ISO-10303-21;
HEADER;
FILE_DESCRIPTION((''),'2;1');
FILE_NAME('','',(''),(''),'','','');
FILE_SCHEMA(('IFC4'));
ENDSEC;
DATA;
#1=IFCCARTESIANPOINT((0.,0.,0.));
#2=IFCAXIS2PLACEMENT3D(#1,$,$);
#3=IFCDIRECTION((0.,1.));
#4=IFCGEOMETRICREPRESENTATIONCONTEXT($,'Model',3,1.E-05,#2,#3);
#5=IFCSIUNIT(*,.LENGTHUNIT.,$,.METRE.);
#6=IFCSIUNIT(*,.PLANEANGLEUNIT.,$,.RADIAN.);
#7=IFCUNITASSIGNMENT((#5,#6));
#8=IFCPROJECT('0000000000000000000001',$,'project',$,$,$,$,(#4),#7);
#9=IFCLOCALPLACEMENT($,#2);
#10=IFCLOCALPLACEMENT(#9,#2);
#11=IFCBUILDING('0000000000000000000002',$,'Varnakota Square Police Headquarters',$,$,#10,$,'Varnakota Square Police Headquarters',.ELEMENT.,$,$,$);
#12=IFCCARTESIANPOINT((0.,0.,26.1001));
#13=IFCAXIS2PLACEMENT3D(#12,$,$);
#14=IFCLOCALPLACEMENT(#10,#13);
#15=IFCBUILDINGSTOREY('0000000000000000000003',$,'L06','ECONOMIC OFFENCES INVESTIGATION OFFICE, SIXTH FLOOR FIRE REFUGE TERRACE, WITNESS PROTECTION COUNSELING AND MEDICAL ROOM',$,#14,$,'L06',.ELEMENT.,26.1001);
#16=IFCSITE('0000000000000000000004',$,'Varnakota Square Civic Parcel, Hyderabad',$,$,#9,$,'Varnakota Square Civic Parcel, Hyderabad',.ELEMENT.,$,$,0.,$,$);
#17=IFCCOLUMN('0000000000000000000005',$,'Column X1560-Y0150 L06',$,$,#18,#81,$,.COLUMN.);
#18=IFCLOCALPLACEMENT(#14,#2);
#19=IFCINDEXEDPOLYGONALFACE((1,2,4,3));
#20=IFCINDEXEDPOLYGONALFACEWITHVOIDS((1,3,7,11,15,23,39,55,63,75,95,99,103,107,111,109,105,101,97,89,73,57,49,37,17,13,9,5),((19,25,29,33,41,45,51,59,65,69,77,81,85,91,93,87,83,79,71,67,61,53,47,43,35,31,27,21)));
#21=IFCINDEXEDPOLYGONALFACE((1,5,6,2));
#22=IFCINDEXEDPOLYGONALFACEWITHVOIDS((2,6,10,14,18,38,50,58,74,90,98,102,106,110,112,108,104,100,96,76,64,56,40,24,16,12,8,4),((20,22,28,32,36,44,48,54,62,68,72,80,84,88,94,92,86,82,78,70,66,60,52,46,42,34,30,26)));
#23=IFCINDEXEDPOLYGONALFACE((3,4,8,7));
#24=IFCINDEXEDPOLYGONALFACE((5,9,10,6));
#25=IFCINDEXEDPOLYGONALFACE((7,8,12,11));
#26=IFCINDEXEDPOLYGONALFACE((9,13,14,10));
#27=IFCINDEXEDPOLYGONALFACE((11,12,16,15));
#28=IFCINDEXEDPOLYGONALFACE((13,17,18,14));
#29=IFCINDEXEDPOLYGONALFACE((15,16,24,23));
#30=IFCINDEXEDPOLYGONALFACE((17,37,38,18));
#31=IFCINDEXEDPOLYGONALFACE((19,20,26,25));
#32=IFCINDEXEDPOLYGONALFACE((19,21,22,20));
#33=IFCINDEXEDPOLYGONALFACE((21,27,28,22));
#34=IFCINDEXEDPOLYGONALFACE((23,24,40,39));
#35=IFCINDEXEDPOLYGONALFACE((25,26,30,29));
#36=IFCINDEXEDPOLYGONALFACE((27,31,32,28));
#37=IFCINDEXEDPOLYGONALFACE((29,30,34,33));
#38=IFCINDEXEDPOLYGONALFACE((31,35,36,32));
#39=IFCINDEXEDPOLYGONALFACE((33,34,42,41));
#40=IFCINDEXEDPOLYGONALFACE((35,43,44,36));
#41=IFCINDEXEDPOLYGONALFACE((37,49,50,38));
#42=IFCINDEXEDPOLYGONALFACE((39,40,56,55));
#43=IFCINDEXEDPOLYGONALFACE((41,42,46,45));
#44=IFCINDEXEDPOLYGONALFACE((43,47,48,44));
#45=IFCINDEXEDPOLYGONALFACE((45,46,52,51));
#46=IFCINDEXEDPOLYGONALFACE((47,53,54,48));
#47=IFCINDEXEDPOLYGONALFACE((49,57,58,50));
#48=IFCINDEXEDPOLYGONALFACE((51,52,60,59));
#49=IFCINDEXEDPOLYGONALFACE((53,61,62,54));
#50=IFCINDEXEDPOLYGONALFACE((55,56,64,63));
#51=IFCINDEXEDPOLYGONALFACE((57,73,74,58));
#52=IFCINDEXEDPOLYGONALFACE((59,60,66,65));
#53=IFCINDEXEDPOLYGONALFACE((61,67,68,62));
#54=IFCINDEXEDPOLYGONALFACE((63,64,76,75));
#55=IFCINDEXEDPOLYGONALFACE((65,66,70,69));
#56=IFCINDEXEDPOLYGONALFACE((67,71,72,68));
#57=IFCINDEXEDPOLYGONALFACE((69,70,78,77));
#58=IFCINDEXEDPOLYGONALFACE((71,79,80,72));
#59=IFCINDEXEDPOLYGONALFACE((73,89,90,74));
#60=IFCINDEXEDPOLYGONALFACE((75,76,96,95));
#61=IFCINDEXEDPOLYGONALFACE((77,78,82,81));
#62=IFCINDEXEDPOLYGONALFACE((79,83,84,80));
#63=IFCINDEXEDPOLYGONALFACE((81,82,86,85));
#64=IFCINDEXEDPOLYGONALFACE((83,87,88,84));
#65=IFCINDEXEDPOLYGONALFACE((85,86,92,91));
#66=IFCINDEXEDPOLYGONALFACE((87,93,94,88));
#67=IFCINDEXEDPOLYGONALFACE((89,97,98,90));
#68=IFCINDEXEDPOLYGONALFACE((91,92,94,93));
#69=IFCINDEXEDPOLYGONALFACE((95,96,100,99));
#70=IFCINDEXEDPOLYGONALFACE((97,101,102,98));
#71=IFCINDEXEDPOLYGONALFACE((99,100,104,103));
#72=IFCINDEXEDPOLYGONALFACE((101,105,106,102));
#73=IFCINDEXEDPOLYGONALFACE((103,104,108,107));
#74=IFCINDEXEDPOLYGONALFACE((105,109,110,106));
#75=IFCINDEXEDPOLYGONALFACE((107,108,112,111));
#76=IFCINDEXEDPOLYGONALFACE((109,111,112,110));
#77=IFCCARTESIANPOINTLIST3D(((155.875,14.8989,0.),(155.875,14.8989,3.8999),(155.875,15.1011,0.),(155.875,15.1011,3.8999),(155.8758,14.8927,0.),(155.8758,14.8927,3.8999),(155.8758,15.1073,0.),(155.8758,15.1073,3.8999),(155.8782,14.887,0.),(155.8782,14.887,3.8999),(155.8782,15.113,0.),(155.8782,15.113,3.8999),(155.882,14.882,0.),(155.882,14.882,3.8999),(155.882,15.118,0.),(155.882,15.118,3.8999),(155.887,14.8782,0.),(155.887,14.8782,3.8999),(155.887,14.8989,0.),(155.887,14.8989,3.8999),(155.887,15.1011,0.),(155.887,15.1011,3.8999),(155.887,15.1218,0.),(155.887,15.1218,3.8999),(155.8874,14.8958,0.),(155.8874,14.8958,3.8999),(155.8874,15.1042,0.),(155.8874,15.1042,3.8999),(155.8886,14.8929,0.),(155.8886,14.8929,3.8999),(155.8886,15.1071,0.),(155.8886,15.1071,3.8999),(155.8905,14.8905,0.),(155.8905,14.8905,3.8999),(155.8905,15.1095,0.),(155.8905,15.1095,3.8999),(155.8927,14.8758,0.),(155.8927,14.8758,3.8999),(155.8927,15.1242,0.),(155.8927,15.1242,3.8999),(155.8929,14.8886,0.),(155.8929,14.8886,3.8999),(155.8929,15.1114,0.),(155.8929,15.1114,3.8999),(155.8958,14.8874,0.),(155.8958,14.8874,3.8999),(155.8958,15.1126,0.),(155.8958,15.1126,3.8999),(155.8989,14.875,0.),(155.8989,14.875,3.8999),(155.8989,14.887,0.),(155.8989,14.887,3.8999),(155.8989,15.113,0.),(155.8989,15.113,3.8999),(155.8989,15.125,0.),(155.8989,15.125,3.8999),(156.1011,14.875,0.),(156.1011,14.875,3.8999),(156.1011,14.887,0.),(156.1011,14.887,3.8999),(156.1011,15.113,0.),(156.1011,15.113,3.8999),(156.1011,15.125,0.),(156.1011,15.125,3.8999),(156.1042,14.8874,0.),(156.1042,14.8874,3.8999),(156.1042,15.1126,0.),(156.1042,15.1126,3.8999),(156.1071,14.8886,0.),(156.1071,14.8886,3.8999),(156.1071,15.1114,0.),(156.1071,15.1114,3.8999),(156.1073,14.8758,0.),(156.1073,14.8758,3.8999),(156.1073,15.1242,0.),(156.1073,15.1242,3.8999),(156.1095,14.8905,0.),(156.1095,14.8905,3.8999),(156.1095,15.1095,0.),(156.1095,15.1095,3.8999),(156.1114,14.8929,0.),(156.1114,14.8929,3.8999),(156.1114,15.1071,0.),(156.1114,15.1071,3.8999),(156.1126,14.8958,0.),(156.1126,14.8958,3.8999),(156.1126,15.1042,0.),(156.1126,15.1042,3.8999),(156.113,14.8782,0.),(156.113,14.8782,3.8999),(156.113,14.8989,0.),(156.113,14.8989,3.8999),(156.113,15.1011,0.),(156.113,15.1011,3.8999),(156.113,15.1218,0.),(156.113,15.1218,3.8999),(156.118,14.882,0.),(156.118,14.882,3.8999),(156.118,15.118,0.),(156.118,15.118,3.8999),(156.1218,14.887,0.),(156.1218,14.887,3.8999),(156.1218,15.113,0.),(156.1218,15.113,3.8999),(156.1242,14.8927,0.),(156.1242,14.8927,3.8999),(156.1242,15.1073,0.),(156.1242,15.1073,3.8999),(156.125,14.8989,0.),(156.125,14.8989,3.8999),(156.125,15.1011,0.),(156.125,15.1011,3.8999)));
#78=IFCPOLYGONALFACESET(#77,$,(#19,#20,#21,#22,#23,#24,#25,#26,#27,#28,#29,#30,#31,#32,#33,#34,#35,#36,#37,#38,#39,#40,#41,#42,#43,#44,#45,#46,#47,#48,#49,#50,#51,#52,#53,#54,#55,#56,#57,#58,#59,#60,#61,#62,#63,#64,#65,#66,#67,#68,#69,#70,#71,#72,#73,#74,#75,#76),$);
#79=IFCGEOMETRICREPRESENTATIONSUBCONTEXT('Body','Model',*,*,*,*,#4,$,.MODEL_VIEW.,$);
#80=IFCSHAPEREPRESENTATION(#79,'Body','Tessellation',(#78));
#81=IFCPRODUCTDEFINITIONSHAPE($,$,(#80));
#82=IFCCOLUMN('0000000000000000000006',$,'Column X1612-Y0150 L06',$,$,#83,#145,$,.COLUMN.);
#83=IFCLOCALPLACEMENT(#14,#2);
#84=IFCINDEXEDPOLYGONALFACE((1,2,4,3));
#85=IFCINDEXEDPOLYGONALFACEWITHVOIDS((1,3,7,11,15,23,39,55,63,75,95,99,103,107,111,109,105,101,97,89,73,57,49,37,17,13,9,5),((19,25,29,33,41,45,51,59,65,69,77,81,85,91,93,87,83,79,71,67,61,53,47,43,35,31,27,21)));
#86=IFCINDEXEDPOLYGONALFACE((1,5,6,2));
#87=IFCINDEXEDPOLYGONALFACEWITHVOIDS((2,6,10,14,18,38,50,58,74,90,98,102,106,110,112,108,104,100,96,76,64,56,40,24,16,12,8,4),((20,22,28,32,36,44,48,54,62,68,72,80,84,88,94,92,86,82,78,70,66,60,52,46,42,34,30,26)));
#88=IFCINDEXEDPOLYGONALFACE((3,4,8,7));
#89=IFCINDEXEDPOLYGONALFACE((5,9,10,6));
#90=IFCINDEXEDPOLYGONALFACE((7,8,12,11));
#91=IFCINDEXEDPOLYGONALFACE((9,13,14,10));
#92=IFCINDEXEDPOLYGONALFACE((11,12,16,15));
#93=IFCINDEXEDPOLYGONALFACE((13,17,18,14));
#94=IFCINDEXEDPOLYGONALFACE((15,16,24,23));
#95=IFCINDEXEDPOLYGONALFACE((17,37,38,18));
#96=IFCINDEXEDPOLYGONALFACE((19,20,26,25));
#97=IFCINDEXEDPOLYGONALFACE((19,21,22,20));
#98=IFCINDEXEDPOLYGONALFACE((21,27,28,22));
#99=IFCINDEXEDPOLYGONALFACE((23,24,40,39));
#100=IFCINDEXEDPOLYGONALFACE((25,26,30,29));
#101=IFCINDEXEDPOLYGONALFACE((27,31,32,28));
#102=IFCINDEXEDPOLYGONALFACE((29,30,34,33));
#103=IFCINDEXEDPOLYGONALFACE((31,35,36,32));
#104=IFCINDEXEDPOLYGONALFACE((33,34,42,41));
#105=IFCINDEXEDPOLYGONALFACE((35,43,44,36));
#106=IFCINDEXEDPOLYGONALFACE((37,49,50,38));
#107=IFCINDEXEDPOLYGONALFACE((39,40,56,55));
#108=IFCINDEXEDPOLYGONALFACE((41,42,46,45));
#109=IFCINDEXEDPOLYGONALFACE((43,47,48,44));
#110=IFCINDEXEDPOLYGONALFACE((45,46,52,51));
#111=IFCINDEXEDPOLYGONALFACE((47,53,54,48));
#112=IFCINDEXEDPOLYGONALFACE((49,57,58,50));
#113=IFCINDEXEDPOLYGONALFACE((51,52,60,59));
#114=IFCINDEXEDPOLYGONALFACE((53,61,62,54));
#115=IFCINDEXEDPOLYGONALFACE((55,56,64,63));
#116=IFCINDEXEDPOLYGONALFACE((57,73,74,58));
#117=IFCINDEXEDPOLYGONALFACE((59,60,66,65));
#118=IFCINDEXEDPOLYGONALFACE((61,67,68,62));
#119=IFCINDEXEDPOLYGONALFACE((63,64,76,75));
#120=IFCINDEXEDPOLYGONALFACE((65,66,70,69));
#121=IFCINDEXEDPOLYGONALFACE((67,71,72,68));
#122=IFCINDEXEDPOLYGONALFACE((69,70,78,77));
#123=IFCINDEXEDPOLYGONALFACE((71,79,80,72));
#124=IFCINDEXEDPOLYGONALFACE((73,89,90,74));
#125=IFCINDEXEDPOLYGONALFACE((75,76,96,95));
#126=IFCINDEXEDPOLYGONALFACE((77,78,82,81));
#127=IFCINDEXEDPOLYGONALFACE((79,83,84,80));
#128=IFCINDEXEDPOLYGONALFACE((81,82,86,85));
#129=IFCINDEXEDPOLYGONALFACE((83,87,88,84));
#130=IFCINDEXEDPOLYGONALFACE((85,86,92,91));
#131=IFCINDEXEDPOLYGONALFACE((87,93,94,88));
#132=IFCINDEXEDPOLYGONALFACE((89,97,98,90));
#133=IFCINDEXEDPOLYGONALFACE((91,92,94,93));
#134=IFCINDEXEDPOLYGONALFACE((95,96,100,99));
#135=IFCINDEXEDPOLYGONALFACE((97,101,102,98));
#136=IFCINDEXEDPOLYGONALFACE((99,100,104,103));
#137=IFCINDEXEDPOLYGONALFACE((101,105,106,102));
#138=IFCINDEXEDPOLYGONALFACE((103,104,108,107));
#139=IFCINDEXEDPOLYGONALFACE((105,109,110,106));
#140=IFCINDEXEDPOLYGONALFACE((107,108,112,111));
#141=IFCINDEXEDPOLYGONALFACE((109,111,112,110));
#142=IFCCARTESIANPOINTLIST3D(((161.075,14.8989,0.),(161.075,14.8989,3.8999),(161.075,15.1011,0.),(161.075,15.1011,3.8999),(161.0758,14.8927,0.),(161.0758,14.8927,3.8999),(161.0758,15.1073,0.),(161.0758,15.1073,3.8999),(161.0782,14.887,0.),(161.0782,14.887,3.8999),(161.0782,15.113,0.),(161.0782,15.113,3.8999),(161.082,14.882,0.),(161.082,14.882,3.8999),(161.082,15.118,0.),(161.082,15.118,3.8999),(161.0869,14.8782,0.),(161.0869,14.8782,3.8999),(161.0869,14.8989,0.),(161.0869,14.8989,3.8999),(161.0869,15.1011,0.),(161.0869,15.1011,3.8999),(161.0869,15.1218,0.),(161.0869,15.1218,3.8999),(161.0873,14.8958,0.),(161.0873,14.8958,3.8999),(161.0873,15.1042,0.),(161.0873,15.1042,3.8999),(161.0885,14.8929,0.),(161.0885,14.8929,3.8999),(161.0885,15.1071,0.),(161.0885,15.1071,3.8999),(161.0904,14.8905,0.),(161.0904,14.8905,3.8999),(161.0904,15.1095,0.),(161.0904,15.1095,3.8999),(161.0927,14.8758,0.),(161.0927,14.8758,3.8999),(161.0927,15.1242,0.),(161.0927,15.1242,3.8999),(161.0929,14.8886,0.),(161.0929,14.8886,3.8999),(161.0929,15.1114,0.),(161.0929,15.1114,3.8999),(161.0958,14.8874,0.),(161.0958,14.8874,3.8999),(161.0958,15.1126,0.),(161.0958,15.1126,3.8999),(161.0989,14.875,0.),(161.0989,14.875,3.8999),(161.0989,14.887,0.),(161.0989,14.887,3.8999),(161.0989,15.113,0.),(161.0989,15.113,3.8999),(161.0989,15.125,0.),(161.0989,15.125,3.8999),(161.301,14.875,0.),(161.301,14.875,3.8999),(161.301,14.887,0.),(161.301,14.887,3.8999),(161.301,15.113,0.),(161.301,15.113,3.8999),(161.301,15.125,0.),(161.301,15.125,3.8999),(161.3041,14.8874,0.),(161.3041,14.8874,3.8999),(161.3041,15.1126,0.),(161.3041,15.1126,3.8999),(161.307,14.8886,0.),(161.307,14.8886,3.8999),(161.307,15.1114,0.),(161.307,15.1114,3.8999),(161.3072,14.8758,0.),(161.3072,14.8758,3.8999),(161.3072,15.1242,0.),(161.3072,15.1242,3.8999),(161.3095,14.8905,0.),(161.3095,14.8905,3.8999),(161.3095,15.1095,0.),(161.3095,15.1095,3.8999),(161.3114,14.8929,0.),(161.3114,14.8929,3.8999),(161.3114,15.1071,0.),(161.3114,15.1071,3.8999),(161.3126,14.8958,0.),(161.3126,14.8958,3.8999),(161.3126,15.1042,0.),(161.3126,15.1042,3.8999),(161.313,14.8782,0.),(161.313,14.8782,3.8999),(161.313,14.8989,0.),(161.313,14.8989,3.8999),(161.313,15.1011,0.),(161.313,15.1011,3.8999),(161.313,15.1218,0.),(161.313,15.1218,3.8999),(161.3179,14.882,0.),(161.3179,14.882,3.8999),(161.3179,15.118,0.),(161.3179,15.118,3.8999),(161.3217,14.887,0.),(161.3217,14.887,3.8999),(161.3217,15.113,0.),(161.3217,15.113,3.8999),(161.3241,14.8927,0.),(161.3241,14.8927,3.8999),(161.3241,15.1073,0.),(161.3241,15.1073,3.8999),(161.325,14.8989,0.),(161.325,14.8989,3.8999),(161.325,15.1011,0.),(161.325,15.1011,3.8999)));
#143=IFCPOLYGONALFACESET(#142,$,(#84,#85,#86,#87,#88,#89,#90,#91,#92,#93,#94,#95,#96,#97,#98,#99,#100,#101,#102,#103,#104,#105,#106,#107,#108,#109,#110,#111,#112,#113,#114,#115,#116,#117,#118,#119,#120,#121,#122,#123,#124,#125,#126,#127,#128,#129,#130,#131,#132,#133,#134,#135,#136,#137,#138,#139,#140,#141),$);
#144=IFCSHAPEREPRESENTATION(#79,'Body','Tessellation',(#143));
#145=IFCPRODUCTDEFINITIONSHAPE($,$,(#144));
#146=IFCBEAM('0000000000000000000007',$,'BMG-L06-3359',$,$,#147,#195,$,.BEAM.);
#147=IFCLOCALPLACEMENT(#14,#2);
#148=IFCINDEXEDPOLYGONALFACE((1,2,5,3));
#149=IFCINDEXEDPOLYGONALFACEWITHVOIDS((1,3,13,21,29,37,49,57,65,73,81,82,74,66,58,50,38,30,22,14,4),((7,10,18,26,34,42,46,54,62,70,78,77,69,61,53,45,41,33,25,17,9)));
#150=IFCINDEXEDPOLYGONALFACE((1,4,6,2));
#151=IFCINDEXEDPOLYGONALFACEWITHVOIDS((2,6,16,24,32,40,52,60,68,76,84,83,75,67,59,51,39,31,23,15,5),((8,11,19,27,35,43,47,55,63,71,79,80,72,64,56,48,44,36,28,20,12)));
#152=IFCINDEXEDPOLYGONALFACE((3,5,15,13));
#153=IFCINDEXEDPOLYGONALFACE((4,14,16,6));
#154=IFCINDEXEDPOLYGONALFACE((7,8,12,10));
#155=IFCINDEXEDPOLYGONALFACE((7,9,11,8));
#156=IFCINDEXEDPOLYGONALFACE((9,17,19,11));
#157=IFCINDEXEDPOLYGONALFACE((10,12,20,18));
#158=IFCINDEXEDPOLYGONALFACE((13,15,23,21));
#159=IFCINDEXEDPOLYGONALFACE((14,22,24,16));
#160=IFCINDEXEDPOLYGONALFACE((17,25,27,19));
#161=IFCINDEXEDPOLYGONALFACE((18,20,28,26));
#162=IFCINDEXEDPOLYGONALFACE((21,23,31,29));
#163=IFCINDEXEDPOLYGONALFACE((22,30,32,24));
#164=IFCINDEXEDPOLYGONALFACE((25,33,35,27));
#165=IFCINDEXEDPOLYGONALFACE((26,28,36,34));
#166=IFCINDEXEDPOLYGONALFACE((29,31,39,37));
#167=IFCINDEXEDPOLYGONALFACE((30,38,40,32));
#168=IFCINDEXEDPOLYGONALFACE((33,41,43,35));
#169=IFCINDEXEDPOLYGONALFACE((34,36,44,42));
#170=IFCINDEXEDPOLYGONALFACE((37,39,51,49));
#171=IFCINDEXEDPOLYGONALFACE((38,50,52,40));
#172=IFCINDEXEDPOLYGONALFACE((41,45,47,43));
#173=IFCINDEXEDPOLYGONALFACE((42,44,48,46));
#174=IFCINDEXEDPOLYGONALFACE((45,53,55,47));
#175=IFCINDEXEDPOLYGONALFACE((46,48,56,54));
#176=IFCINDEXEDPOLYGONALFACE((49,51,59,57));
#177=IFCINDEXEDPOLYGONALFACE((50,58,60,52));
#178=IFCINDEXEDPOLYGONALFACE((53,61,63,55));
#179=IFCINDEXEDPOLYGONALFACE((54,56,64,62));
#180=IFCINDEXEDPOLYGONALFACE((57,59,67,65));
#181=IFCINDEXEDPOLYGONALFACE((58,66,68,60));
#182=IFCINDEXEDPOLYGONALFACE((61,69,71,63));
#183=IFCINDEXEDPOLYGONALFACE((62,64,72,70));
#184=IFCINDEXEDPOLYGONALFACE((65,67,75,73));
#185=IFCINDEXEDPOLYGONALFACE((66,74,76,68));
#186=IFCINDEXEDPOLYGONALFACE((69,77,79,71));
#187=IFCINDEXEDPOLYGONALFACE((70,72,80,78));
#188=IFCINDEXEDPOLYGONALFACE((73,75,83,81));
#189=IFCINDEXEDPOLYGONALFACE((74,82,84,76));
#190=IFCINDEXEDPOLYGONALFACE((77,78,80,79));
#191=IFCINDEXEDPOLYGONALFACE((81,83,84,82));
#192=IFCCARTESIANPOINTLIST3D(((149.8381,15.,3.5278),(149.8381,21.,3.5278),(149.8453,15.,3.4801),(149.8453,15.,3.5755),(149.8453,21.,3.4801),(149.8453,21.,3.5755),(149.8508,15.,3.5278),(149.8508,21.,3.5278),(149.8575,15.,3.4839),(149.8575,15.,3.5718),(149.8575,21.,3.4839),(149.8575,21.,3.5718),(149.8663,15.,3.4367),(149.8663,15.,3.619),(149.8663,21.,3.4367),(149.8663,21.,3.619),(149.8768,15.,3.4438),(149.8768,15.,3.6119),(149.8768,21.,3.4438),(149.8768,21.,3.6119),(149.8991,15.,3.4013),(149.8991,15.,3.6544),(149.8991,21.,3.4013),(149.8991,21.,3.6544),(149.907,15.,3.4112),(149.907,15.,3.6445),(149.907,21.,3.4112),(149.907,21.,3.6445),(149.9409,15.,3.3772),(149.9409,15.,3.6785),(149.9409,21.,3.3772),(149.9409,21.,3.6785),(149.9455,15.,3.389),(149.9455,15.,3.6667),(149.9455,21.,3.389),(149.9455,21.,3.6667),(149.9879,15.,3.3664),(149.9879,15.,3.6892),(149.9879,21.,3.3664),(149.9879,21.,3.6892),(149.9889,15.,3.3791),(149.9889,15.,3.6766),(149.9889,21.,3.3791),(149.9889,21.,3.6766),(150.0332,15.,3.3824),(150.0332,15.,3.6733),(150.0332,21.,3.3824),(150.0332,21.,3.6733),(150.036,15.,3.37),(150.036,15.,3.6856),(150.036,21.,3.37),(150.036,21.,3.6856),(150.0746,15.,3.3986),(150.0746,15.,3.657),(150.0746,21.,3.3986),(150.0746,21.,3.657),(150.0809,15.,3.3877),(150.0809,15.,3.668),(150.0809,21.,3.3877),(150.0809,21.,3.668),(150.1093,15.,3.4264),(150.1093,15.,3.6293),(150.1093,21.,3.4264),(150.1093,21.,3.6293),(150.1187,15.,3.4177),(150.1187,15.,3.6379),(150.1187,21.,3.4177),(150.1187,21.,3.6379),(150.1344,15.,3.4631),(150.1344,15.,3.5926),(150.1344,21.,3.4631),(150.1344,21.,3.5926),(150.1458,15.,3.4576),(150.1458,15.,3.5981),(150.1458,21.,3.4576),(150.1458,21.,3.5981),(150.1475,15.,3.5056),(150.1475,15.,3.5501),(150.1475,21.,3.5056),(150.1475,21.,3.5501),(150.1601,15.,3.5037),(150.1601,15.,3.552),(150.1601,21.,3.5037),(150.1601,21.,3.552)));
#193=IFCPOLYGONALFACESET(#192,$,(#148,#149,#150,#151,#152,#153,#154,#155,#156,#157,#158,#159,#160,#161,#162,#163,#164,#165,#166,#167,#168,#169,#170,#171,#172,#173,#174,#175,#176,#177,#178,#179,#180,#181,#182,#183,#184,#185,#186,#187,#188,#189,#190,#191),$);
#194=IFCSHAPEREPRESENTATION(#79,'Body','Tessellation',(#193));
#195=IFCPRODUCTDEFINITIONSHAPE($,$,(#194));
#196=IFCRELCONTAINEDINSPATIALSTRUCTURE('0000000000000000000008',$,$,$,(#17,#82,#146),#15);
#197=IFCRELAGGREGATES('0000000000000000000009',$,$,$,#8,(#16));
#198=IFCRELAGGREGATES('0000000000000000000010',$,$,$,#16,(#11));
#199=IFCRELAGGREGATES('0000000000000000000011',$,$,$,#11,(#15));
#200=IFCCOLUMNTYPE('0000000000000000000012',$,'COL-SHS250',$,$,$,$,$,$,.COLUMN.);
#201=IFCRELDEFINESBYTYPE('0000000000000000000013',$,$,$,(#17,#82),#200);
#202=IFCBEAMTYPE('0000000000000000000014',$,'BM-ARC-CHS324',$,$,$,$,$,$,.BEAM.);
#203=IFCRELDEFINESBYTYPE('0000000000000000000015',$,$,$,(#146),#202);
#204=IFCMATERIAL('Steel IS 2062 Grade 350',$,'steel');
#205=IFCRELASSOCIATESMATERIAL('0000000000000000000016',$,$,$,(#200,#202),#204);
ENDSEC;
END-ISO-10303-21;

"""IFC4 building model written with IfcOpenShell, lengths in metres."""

from ifc_helpers import new_model, si_unit, direction, frame, origin, origin_2d, place, context, subcontext, project, spatial, hollow_rectangle, hollow_circle, extrude, material, material_profile, profile_set, type_object, element, save


model = new_model("IFC4")

# Units and contexts
model_context = context("Model", 3, precision=1e-05, world=origin(), true_north=direction((0.0, 1.0)))
body_context = subcontext(model_context, "Body", "Model", "MODEL_VIEW")
ifc_project = project(units=[si_unit("LENGTHUNIT", "METRE"), si_unit("PLANEANGLEUNIT", "RADIAN")], contexts=[model_context])

# Site, building, storey
site_placement = place(None, origin())
site = spatial("IfcSite", under=ifc_project, at=site_placement, Name="Varnakota Square Civic Parcel, Hyderabad", LongName="Varnakota Square Civic Parcel, Hyderabad", CompositionType="ELEMENT", RefElevation=0.0)
building_placement = place(site_placement, origin())
building = spatial("IfcBuilding", under=site, at=building_placement, Name="Varnakota Square Police Headquarters", LongName="Varnakota Square Police Headquarters", CompositionType="ELEMENT")
storey_placement = place(building_placement, frame((0.0, 0.0, 26.1001)))
storey = spatial("IfcBuildingStorey", under=building, at=storey_placement, Name="L06", Description="ECONOMIC OFFENCES INVESTIGATION OFFICE, SIXTH FLOOR FIRE REFUGE TERRACE, WITNESS PROTECTION COUNSELING AND MEDICAL ROOM", LongName="L06", CompositionType="ELEMENT", Elevation=26.1001)

# Columns
ifc_material_1 = material(Name="Steel IS 2062 Grade 350", Category="steel")
ifc_material_profile_1 = material_profile(ifc_material_1, hollow_rectangle(XDim=0.25, YDim=0.25, WallThickness=0.012, InnerFilletRadius=0.012, OuterFilletRadius=0.0239, at=origin_2d()), Name="SHS 250x250x12")
ifc_profile_set_1 = profile_set([ifc_material_profile_1], Name="Steel IS 2062 Grade 350")
column_type_1 = type_object("IfcColumnType", Name="COL-SHS250", PredefinedType="COLUMN", material=ifc_profile_set_1)
for number, where, z_axis, x_axis, name in (
    (1, (156.0, 15.0, 0.0), (0.0, 0.0, 1.0), (1.0, 0.0, 0.0), "Column X1560-Y0150 L06"),
    (2, (161.2, 15.0, 0.0), (0.0, 0.0, 1.0), (1.0, 0.0, 0.0), "Column X1612-Y0150 L06"),
):
    element("IfcColumn", number, at=place(storey_placement, frame(where, z_axis=z_axis, x_axis=x_axis)), inside=storey, type_object=column_type_1, Name=name, PredefinedType="COLUMN", context=body_context, shape_type="SweptSolid", body=[
        extrude(hollow_rectangle(XDim=0.25, YDim=0.25, WallThickness=0.012, InnerFilletRadius=0.012, OuterFilletRadius=0.0239, at=origin_2d()), origin(), (0.0, 0.0, 1.0), 3.8999),
    ])

# Beam
ifc_material_profile_2 = material_profile(ifc_material_1, hollow_circle(Radius=0.1619, WallThickness=0.0127, at=origin_2d()), Name="CHS 323.9x12.7")
ifc_profile_set_2 = profile_set([ifc_material_profile_2], Name="Steel IS 2062 Grade 350")
beam_type_1 = type_object("IfcBeamType", Name="BM-ARC-CHS324", PredefinedType="BEAM", material=ifc_profile_set_2)
for number, where, z_axis, x_axis, name in (
    (3, (150.0, 15.0, 3.5278), (0.0, 1.0, 0.0), (-1.0, 0.0, 0.0), "BMG-L06-3359"),
):
    element("IfcBeam", number, at=place(storey_placement, frame(where, z_axis=z_axis, x_axis=x_axis)), inside=storey, type_object=beam_type_1, Name=name, PredefinedType="BEAM", context=body_context, shape_type="SweptSolid", body=[
        extrude(hollow_circle(Radius=0.1619, WallThickness=0.0127, at=origin_2d()), origin(), (0.0, 0.0, 1.0), 6.0),
    ])

save(model, "model.ifc")
